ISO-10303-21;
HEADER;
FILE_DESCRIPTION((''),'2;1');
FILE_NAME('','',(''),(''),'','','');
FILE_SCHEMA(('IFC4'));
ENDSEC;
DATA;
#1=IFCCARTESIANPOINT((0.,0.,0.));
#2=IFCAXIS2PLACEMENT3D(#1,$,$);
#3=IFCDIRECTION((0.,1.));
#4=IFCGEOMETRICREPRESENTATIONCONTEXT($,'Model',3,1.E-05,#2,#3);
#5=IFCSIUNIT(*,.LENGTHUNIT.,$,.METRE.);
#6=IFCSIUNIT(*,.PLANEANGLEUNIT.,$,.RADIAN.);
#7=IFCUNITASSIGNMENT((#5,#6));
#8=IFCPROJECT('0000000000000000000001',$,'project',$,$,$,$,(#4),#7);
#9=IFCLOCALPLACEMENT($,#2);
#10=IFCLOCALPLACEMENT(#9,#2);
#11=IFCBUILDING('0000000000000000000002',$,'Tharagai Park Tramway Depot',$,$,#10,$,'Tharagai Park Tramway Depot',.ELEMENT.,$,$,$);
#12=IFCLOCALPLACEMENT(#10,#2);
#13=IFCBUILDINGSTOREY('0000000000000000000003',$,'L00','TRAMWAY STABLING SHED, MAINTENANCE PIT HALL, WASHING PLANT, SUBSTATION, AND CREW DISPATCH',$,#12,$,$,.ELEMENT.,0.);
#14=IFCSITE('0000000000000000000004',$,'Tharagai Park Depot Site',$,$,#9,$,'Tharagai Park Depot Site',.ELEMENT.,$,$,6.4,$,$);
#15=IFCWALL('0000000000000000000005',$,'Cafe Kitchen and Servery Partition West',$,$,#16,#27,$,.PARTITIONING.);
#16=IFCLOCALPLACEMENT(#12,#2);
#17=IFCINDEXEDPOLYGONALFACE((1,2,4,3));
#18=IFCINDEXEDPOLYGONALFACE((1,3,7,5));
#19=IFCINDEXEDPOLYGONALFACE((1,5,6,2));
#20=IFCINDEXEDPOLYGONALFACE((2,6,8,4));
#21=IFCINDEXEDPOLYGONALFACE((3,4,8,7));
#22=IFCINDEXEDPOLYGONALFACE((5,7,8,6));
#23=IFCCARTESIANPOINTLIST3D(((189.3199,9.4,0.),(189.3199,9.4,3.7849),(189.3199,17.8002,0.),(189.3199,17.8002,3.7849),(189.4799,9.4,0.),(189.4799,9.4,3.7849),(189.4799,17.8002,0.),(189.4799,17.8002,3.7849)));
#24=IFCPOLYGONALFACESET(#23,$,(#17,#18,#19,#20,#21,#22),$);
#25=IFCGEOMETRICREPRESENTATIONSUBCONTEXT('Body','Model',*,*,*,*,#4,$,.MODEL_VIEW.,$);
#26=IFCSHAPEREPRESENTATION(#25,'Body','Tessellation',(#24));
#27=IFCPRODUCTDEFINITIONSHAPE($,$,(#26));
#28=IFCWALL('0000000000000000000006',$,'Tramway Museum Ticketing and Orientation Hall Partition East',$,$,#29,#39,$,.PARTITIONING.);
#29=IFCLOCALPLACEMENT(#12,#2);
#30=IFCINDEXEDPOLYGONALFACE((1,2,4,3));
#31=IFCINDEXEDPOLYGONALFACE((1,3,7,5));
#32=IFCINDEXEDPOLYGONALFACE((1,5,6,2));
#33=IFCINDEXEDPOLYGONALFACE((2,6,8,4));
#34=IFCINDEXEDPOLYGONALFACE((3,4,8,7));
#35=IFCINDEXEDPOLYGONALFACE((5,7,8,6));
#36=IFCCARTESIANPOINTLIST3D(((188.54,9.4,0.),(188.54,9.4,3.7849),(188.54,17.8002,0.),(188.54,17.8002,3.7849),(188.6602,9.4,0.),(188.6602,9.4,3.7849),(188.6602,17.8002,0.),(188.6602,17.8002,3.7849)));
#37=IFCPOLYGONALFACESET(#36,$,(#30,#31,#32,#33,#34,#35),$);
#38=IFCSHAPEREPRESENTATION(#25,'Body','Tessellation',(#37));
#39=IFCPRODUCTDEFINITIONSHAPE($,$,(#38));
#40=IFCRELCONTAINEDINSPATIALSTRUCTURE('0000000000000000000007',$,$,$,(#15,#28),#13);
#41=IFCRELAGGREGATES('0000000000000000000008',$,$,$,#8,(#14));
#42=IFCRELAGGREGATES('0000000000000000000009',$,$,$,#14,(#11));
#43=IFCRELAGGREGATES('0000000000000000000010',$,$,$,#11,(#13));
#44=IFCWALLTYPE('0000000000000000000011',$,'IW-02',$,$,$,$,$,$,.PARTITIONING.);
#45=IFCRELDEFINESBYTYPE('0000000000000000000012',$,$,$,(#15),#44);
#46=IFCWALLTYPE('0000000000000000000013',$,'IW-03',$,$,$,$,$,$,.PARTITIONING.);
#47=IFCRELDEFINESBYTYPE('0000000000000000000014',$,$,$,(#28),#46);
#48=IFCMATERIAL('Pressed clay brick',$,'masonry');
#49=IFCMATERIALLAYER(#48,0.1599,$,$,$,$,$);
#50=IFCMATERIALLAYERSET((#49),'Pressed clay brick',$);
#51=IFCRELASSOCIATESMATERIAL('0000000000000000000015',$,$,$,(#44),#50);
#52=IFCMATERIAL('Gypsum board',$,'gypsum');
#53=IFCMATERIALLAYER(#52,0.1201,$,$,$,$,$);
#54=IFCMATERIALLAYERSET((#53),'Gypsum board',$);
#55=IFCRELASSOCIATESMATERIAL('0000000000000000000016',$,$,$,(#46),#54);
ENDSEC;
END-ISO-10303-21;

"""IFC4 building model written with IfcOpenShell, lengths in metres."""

from ifc_helpers import new_model, si_unit, direction, frame, frame_2d, origin, place, context, subcontext, project, spatial, rectangle, extrude, material, layer, layer_set, type_object, element, save


model = new_model("IFC4")

# Units and contexts
model_context = context("Model", 3, precision=1e-05, world=origin(), true_north=direction((0.0, 1.0)))
body_context = subcontext(model_context, "Body", "Model", "MODEL_VIEW")
ifc_project = project(units=[si_unit("LENGTHUNIT", "METRE"), si_unit("PLANEANGLEUNIT", "RADIAN")], contexts=[model_context])

# Site, building, storey
site_placement = place(None, origin())
site = spatial("IfcSite", under=ifc_project, at=site_placement, Name="Tharagai Park Depot Site", LongName="Tharagai Park Depot Site", CompositionType="ELEMENT", RefElevation=6.4)
building_placement = place(site_placement, origin())
building = spatial("IfcBuilding", under=site, at=building_placement, Name="Tharagai Park Tramway Depot", LongName="Tharagai Park Tramway Depot", CompositionType="ELEMENT")
storey_placement = place(building_placement, origin())
storey = spatial("IfcBuildingStorey", under=building, at=storey_placement, Name="L00", Description="TRAMWAY STABLING SHED, MAINTENANCE PIT HALL, WASHING PLANT, SUBSTATION, AND CREW DISPATCH", CompositionType="ELEMENT", Elevation=0.0)

# Walls
ifc_material_1 = material(Name="Pressed clay brick", Category="masonry")
ifc_layer_1 = layer(ifc_material_1, 0.1599)
ifc_layer_set_1 = layer_set([ifc_layer_1], Name="Pressed clay brick")
wall_type_1 = type_object("IfcWallType", Name="IW-02", PredefinedType="PARTITIONING", material=ifc_layer_set_1)
wall_1_placement = place(storey_placement, frame((189.3999, 9.3999, 0.0), z_axis=(0.0, 0.0, 1.0), x_axis=(0.0, 1.0, 0.0)))
element("IfcWall", 1, at=wall_1_placement, inside=storey, type_object=wall_type_1, Name="Cafe Kitchen and Servery Partition West", PredefinedType="PARTITIONING", context=body_context, shape_type="SweptSolid", body=[
    extrude(rectangle(XDim=8.4001, YDim=0.1599, at=frame_2d((4.2002, 0.0))), origin(), (0.0, 0.0, 1.0), 3.7849),
])
ifc_material_2 = material(Name="Gypsum board", Category="gypsum")
ifc_layer_2 = layer(ifc_material_2, 0.1201)
ifc_layer_set_2 = layer_set([ifc_layer_2], Name="Gypsum board")
wall_type_2 = type_object("IfcWallType", Name="IW-03", PredefinedType="PARTITIONING", material=ifc_layer_set_2)
wall_2_placement = place(storey_placement, frame((188.6001, 9.3999, 0.0), z_axis=(0.0, 0.0, 1.0), x_axis=(0.0, 1.0, 0.0)))
element("IfcWall", 2, at=wall_2_placement, inside=storey, type_object=wall_type_2, Name="Tramway Museum Ticketing and Orientation Hall Partition East", PredefinedType="PARTITIONING", context=body_context, shape_type="SweptSolid", body=[
    extrude(rectangle(XDim=8.4001, YDim=0.1201, at=frame_2d((4.2002, 0.0))), origin(), (0.0, 0.0, 1.0), 3.7849),
])

save(model, "model.ifc")
